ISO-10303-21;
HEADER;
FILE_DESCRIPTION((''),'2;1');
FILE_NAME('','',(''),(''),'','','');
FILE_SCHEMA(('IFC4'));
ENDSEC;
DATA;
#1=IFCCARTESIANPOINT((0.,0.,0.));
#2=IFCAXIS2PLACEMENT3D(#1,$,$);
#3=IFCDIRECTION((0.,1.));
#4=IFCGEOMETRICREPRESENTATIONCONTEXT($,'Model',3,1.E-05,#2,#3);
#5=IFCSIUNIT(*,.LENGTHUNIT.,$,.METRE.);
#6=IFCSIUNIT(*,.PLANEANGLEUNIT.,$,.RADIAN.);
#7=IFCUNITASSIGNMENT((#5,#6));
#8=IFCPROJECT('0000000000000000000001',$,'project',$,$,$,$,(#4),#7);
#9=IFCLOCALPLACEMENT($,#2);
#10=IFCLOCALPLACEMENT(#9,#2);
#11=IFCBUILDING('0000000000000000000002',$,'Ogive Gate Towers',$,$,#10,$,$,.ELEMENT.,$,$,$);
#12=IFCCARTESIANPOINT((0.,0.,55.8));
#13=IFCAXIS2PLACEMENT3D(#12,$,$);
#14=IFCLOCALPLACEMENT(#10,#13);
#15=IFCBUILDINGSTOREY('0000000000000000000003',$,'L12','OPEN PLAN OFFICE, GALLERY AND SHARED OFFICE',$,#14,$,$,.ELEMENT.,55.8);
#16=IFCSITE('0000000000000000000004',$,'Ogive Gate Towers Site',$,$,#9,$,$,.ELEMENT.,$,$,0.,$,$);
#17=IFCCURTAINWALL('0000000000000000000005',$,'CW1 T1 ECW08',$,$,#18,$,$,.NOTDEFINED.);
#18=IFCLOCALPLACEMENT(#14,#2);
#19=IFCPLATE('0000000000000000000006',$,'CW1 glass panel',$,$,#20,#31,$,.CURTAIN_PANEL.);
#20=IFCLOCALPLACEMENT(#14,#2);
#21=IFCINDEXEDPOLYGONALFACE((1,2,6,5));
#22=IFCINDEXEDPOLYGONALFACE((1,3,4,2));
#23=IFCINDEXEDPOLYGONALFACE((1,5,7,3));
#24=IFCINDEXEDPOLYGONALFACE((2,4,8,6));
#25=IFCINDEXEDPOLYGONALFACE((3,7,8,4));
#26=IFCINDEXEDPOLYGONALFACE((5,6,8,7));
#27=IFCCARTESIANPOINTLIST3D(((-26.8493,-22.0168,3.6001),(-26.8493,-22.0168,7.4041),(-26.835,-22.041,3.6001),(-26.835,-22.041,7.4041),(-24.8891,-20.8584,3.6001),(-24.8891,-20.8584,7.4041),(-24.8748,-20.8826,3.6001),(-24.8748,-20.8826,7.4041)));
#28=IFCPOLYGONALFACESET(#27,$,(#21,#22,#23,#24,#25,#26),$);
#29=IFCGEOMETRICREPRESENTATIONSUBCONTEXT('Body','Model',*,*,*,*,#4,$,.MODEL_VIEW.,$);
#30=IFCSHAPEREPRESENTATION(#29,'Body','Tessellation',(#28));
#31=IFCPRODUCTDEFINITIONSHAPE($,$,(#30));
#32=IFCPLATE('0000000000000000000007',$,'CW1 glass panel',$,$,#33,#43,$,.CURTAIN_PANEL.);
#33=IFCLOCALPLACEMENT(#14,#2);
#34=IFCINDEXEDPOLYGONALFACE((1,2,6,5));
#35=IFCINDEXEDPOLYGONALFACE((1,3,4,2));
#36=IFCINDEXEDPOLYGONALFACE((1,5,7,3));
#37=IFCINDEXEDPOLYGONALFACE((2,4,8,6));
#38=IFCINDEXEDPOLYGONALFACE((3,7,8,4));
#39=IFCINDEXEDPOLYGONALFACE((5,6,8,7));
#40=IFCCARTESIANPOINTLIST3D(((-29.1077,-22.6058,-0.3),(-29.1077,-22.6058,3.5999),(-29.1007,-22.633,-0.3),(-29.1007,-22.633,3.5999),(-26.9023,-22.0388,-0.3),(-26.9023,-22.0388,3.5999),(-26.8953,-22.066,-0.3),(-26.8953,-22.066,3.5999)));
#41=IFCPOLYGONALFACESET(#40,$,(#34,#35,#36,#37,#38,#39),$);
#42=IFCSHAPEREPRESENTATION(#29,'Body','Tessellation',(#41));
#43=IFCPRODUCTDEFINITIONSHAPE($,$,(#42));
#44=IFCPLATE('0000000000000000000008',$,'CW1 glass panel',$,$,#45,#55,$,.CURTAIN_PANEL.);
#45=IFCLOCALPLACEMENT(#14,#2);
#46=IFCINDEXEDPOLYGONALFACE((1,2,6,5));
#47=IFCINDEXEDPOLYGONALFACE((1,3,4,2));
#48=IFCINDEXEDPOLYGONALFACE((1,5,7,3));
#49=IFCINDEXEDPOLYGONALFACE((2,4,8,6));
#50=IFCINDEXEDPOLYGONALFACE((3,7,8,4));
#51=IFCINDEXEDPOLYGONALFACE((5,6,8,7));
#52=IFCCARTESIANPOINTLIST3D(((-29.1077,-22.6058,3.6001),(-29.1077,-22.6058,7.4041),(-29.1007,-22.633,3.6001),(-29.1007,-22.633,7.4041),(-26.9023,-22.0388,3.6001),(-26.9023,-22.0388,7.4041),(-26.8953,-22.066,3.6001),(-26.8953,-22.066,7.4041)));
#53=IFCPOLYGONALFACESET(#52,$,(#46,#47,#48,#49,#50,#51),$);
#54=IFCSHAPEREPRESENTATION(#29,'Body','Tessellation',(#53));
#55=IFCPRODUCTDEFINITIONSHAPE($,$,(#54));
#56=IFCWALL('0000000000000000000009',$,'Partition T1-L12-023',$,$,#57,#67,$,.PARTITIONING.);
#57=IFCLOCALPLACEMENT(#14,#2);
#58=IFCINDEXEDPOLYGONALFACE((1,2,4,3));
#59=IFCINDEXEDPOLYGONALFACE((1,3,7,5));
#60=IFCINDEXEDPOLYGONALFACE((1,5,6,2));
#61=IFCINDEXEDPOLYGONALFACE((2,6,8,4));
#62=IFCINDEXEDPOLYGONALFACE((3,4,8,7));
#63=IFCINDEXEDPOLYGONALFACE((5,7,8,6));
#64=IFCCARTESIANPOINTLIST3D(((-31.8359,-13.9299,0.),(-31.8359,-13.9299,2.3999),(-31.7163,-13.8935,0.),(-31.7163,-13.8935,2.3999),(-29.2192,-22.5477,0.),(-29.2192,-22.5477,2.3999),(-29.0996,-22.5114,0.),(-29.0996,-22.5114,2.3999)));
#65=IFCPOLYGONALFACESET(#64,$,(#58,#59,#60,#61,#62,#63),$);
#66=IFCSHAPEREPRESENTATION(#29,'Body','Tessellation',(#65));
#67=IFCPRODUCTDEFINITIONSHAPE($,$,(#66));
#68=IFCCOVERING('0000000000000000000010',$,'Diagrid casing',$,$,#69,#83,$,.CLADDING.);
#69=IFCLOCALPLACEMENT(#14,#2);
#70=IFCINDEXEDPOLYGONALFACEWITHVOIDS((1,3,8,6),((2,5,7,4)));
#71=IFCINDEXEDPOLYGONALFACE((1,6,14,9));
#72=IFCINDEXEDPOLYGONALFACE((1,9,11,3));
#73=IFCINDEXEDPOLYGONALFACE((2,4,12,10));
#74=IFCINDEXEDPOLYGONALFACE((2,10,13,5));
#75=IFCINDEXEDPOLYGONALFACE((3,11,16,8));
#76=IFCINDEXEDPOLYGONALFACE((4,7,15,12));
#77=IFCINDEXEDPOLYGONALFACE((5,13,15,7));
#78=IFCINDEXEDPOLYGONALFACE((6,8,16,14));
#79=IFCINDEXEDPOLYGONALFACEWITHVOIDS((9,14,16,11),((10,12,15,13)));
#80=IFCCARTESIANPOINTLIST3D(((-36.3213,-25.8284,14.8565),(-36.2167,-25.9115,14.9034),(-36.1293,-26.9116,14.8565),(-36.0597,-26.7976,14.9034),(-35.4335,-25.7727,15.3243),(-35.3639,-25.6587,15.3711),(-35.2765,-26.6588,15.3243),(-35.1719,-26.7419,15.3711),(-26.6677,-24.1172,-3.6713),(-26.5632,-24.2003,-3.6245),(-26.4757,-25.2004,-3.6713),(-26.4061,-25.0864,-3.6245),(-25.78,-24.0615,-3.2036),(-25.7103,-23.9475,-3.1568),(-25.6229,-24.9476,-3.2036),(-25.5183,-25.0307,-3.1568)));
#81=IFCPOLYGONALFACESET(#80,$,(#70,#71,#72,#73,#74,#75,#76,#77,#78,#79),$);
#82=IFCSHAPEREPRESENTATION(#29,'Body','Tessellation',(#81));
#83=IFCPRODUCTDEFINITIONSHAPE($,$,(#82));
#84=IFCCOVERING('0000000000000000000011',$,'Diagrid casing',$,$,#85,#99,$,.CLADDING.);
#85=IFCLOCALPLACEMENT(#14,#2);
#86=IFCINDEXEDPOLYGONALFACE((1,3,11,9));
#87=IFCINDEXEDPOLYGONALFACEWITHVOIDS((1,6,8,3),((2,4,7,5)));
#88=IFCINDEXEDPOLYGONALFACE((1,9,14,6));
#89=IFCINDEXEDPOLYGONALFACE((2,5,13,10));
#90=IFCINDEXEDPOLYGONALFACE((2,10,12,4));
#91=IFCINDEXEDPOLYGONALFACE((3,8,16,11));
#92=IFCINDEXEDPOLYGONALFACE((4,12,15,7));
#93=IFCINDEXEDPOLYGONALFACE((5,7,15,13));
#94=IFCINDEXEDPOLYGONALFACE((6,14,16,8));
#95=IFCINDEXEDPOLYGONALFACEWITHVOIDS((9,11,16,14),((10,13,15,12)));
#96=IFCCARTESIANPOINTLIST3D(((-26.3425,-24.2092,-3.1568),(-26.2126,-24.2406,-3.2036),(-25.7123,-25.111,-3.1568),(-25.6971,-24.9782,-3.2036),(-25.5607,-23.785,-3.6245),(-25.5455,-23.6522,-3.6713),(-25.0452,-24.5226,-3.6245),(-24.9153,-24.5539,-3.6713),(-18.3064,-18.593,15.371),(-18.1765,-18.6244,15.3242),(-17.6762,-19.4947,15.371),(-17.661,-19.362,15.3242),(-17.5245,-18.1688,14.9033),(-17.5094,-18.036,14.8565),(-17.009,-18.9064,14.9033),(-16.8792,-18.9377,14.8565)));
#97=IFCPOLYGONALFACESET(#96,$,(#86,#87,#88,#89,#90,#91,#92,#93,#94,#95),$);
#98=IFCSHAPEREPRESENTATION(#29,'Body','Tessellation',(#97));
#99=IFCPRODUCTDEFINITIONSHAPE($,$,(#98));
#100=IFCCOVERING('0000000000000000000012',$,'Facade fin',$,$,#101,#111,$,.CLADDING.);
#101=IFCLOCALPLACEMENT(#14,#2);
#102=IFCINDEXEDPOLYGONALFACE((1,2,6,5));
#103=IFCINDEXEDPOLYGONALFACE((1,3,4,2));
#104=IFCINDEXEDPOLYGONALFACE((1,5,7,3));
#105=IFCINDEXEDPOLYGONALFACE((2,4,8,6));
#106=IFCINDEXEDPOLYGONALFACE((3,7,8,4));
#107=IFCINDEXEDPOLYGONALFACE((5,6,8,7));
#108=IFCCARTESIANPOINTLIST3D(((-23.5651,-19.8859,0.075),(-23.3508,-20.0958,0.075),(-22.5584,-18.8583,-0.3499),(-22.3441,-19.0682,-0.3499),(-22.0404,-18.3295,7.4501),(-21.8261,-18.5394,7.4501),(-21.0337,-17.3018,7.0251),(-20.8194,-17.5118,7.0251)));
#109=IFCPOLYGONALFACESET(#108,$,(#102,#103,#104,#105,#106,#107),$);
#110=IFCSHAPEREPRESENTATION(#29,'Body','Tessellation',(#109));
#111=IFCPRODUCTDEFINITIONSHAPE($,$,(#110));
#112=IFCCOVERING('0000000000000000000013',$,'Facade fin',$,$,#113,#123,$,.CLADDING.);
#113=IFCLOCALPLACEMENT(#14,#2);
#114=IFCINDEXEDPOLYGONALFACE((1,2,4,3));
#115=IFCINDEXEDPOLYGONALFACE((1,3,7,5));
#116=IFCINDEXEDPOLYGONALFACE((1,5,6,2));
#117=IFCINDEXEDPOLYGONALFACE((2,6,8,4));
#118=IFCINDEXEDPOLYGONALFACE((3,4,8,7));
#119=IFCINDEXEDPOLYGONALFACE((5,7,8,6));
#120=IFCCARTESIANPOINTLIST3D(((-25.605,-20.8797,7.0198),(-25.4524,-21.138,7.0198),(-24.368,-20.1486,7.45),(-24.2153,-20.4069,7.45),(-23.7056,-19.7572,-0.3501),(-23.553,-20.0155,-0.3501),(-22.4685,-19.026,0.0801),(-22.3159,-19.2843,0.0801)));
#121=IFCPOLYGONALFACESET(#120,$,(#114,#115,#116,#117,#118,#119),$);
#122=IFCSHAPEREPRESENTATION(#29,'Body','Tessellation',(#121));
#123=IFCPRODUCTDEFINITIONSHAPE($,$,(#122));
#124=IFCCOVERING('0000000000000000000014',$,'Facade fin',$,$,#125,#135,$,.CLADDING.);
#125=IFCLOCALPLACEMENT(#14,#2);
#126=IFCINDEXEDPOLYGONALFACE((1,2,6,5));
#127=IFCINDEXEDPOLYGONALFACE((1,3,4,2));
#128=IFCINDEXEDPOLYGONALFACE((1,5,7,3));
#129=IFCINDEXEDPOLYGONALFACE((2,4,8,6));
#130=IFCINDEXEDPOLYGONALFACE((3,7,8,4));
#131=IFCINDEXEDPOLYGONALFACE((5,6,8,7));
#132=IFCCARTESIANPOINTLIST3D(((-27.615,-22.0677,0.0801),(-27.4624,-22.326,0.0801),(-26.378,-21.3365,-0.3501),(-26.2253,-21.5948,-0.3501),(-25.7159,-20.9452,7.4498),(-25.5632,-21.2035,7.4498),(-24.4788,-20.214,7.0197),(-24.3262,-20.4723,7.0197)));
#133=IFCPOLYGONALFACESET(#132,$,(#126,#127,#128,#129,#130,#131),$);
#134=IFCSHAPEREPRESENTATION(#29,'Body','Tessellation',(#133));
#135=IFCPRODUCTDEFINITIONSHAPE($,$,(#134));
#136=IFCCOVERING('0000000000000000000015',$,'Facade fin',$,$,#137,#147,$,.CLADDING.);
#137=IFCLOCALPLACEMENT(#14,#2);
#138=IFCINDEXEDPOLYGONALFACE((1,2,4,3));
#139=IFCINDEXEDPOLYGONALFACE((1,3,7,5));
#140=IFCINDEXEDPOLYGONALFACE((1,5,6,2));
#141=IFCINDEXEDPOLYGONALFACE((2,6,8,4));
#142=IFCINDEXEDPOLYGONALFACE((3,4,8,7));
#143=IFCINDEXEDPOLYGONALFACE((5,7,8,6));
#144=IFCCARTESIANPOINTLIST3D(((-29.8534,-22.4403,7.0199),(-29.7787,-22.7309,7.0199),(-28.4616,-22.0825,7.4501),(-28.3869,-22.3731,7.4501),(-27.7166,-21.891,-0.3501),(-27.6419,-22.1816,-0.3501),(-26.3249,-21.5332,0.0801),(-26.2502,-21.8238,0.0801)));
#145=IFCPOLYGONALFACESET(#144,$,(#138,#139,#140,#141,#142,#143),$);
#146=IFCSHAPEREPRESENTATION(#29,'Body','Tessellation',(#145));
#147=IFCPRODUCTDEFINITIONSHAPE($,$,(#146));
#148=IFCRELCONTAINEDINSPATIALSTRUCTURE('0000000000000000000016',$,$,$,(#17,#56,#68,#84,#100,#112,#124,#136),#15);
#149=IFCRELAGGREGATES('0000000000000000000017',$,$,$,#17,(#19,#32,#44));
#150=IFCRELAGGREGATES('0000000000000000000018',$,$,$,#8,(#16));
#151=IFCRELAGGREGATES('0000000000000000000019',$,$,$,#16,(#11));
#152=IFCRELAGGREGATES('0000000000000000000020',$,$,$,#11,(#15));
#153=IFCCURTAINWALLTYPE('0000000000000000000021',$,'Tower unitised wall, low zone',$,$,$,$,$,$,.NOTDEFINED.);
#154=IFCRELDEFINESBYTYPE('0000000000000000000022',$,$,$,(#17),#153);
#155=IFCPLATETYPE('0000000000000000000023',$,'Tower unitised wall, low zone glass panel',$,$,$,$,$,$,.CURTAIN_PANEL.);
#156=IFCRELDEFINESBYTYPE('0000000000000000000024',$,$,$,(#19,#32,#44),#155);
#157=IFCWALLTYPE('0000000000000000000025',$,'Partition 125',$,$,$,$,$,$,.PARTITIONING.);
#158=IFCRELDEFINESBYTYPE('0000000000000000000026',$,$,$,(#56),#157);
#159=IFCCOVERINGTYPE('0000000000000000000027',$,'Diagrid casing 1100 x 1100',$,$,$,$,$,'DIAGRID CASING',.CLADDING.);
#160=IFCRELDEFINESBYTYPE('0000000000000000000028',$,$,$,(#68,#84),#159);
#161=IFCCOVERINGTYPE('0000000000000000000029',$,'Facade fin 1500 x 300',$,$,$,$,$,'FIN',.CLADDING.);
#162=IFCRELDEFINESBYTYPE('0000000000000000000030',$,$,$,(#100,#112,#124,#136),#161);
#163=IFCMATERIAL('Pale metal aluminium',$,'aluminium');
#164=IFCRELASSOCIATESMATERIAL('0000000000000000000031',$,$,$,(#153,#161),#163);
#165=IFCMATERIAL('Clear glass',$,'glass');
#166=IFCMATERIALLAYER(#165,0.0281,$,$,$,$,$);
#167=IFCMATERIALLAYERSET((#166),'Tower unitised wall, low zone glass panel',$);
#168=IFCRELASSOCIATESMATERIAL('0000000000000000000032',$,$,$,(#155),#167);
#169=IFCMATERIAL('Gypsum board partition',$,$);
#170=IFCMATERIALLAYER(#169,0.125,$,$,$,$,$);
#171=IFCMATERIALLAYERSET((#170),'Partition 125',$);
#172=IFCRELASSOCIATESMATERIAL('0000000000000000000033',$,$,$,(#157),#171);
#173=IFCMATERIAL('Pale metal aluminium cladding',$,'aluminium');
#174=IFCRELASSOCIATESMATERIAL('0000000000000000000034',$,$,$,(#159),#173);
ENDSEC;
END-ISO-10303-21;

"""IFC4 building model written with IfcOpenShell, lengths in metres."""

from ifc_helpers import new_model, si_unit, direction, frame, frame_2d, origin, origin_2d, place, context, subcontext, project, spatial, rectangle, hollow_rectangle, extrude, material, layer, layer_set, material_profile, profile_set, type_object, element, aggregate, save


model = new_model("IFC4")

# Units and contexts
model_context = context("Model", 3, precision=1e-05, world=origin(), true_north=direction((0.0, 1.0)))
body_context = subcontext(model_context, "Body", "Model", "MODEL_VIEW")
ifc_project = project(units=[si_unit("LENGTHUNIT", "METRE"), si_unit("PLANEANGLEUNIT", "RADIAN")], contexts=[model_context])

# Site, building, storey
site_placement = place(None, origin())
site = spatial("IfcSite", under=ifc_project, at=site_placement, Name="Ogive Gate Towers Site", CompositionType="ELEMENT", RefElevation=0.0)
building_placement = place(site_placement, origin())
building = spatial("IfcBuilding", under=site, at=building_placement, Name="Ogive Gate Towers", CompositionType="ELEMENT")
storey_placement = place(building_placement, frame((0.0, 0.0, 55.8)))
storey = spatial("IfcBuildingStorey", under=building, at=storey_placement, Name="L12", Description="OPEN PLAN OFFICE, GALLERY AND SHARED OFFICE", CompositionType="ELEMENT", Elevation=55.8)

# Curtain wall, plates
ifc_material_1 = material(Name="Pale metal aluminium", Category="aluminium")
curtain_wall_type = type_object("IfcCurtainWallType", Name="Tower unitised wall, low zone", PredefinedType="NOTDEFINED", material=ifc_material_1)
curtain_wall_placement = place(storey_placement, origin())
curtain_wall = element("IfcCurtainWall", 1, at=curtain_wall_placement, inside=storey, type_object=curtain_wall_type, Name="CW1 T1 ECW08", PredefinedType="NOTDEFINED")
ifc_material_2 = material(Name="Clear glass", Category="glass")
ifc_layer_1 = layer(ifc_material_2, 0.0281)
ifc_layer_set_1 = layer_set([ifc_layer_1], Name="Tower unitised wall, low zone glass panel")
plate_type = type_object("IfcPlateType", Name="Tower unitised wall, low zone glass panel", PredefinedType="CURTAIN_PANEL", material=ifc_layer_set_1)
plate_1_placement = place(storey_placement, frame((-25.8621, -21.4497, 3.6001), z_axis=(0.0, 0.0, 1.0), x_axis=(-0.860902, -0.508771, 0.0)))
plate_1 = element("IfcPlate", 2, at=plate_1_placement, type_object=plate_type, Name="CW1 glass panel", PredefinedType="CURTAIN_PANEL", context=body_context, shape_type="SweptSolid", body=[
    extrude(rectangle(XDim=2.2769, YDim=0.0281, at=origin_2d()), origin(), (0.0, 0.0, 1.0), 3.804),
])
plate_2_placement = place(storey_placement, frame((-28.0015, -22.3359, -0.3), z_axis=(0.0, 0.0, 1.0), x_axis=(-0.968505, -0.248994, 0.0)))
plate_2 = element("IfcPlate", 3, at=plate_2_placement, type_object=plate_type, Name="CW1 glass panel", PredefinedType="CURTAIN_PANEL", context=body_context, shape_type="SweptSolid", body=[
    extrude(rectangle(XDim=2.2771, YDim=0.0281, at=origin_2d()), origin(), (0.0, 0.0, 1.0), 3.8999),
])
plate_3_placement = place(storey_placement, frame((-28.0015, -22.3359, 3.6001), z_axis=(0.0, 0.0, 1.0), x_axis=(-0.968505, -0.248994, 0.0)))
plate_3 = element("IfcPlate", 4, at=plate_3_placement, type_object=plate_type, Name="CW1 glass panel", PredefinedType="CURTAIN_PANEL", context=body_context, shape_type="SweptSolid", body=[
    extrude(rectangle(XDim=2.2771, YDim=0.0281, at=origin_2d()), origin(), (0.0, 0.0, 1.0), 3.804),
])
aggregate(curtain_wall, [plate_1, plate_2, plate_3])

# Wall
ifc_material_3 = material(Name="Gypsum board partition")
ifc_layer_2 = layer(ifc_material_3, 0.125)
ifc_layer_set_2 = layer_set([ifc_layer_2], Name="Partition 125")
wall_type = type_object("IfcWallType", Name="Partition 125", PredefinedType="PARTITIONING", material=ifc_layer_set_2)
wall_placement = place(storey_placement, frame((-29.1594, -22.5295, 0.0), z_axis=(0.0, 0.0, 1.0), x_axis=(-0.290537, 0.956864, 0.0)))
element("IfcWall", 5, at=wall_placement, inside=storey, type_object=wall_type, Name="Partition T1-L12-023", PredefinedType="PARTITIONING", context=body_context, shape_type="SweptSolid", body=[
    extrude(rectangle(XDim=9.0063, YDim=0.125, at=frame_2d((4.5032, 0.0))), origin(), (0.0, 0.0, 1.0), 2.3999),
])

# Coverings
ifc_material_4 = material(Name="Pale metal aluminium cladding", Category="aluminium")
ifc_material_profile_1 = material_profile(ifc_material_4, hollow_rectangle(XDim=1.1001, YDim=1.1001, WallThickness=0.1001, at=origin_2d()), Name="1100 x 1100 pale metal casing")
ifc_profile_set_1 = profile_set([ifc_material_profile_1], Name="Pale metal aluminium cladding")
covering_type_1 = type_object("IfcCoveringType", Name="Diagrid casing 1100 x 1100", ElementType="DIAGRID CASING", PredefinedType="CLADDING", material=ifc_profile_set_1)
for number, where, z_axis, x_axis, name in (
    (6, (-26.093, -24.574, -3.4141), (-0.46053, -0.081633, 0.883883), (0.174538, -0.98465, 0.0), "Diagrid casing"),
    (7, (-25.6289, -24.3816, -3.4141), (0.383368, 0.267925, 0.883881), (-0.57284, 0.819667, 0.0), "Diagrid casing"),
):
    element("IfcCovering", number, at=place(storey_placement, frame(where, z_axis=z_axis, x_axis=x_axis)), inside=storey, type_object=covering_type_1, Name=name, PredefinedType="CLADDING", context=body_context, shape_type="SweptSolid", body=[
        extrude(hollow_rectangle(XDim=1.1001, YDim=1.1001, WallThickness=0.1001, at=origin_2d()), origin(), (0.0, 0.0, 1.0), 20.9619),
    ])
ifc_material_profile_2 = material_profile(ifc_material_1, rectangle(XDim=0.3, YDim=1.5, at=origin_2d()), Name="1500 x 300 pale metal aluminium")
ifc_profile_set_2 = profile_set([ifc_material_profile_2], Name="Pale metal aluminium")
covering_type_2 = type_object("IfcCoveringType", Name="Facade fin 1500 x 300", ElementType="FIN", PredefinedType="CLADDING", material=ifc_profile_set_2)
covering_1_placement = place(storey_placement, frame((-22.9546, -19.4771, -0.1375), z_axis=(0.198263, 0.20239, 0.959026), x_axis=(-0.714353, 0.699786, 0.0)))
element("IfcCovering", 8, at=covering_1_placement, inside=storey, type_object=covering_type_2, Name="Facade fin", PredefinedType="CLADDING", context=body_context, shape_type="SweptSolid", body=[
    extrude(rectangle(XDim=0.3, YDim=1.5, at=origin_2d()), origin(), (0.0, 0.0, 1.0), 7.6902),
])
covering_2_placement = place(storey_placement, frame((-23.0107, -19.5208, -0.135), z_axis=(-0.2469, -0.145919, 0.957992), x_axis=(0.508789, -0.860891, 0.0)))
element("IfcCovering", 9, at=covering_2_placement, inside=storey, type_object=covering_type_2, Name="Facade fin", PredefinedType="CLADDING", context=body_context, shape_type="SweptSolid", body=[
    extrude(rectangle(XDim=0.3, YDim=1.5, at=origin_2d()), origin(), (0.0, 0.0, 1.0), 7.6931),
])
covering_3_placement = place(storey_placement, frame((-26.9202, -21.8313, -0.135), z_axis=(0.24687, 0.14592, 0.957999), x_axis=(-0.508837, 0.860863, 0.0)))
element("IfcCovering", 10, at=covering_3_placement, inside=storey, type_object=covering_type_2, Name="Facade fin", PredefinedType="CLADDING", context=body_context, shape_type="SweptSolid", body=[
    extrude(rectangle(XDim=0.3, YDim=1.5, at=origin_2d()), origin(), (0.0, 0.0, 1.0), 7.6929),
])
covering_4_placement = place(storey_placement, frame((-26.9834, -21.8574, -0.135), z_axis=(-0.277748, -0.071405, 0.957997), x_axis=(0.248988, -0.968507, 0.0)))
element("IfcCovering", 11, at=covering_4_placement, inside=storey, type_object=covering_type_2, Name="Facade fin", PredefinedType="CLADDING", context=body_context, shape_type="SweptSolid", body=[
    extrude(rectangle(XDim=0.3, YDim=1.5, at=origin_2d()), origin(), (0.0, 0.0, 1.0), 7.6931),
])

save(model, "model.ifc")
